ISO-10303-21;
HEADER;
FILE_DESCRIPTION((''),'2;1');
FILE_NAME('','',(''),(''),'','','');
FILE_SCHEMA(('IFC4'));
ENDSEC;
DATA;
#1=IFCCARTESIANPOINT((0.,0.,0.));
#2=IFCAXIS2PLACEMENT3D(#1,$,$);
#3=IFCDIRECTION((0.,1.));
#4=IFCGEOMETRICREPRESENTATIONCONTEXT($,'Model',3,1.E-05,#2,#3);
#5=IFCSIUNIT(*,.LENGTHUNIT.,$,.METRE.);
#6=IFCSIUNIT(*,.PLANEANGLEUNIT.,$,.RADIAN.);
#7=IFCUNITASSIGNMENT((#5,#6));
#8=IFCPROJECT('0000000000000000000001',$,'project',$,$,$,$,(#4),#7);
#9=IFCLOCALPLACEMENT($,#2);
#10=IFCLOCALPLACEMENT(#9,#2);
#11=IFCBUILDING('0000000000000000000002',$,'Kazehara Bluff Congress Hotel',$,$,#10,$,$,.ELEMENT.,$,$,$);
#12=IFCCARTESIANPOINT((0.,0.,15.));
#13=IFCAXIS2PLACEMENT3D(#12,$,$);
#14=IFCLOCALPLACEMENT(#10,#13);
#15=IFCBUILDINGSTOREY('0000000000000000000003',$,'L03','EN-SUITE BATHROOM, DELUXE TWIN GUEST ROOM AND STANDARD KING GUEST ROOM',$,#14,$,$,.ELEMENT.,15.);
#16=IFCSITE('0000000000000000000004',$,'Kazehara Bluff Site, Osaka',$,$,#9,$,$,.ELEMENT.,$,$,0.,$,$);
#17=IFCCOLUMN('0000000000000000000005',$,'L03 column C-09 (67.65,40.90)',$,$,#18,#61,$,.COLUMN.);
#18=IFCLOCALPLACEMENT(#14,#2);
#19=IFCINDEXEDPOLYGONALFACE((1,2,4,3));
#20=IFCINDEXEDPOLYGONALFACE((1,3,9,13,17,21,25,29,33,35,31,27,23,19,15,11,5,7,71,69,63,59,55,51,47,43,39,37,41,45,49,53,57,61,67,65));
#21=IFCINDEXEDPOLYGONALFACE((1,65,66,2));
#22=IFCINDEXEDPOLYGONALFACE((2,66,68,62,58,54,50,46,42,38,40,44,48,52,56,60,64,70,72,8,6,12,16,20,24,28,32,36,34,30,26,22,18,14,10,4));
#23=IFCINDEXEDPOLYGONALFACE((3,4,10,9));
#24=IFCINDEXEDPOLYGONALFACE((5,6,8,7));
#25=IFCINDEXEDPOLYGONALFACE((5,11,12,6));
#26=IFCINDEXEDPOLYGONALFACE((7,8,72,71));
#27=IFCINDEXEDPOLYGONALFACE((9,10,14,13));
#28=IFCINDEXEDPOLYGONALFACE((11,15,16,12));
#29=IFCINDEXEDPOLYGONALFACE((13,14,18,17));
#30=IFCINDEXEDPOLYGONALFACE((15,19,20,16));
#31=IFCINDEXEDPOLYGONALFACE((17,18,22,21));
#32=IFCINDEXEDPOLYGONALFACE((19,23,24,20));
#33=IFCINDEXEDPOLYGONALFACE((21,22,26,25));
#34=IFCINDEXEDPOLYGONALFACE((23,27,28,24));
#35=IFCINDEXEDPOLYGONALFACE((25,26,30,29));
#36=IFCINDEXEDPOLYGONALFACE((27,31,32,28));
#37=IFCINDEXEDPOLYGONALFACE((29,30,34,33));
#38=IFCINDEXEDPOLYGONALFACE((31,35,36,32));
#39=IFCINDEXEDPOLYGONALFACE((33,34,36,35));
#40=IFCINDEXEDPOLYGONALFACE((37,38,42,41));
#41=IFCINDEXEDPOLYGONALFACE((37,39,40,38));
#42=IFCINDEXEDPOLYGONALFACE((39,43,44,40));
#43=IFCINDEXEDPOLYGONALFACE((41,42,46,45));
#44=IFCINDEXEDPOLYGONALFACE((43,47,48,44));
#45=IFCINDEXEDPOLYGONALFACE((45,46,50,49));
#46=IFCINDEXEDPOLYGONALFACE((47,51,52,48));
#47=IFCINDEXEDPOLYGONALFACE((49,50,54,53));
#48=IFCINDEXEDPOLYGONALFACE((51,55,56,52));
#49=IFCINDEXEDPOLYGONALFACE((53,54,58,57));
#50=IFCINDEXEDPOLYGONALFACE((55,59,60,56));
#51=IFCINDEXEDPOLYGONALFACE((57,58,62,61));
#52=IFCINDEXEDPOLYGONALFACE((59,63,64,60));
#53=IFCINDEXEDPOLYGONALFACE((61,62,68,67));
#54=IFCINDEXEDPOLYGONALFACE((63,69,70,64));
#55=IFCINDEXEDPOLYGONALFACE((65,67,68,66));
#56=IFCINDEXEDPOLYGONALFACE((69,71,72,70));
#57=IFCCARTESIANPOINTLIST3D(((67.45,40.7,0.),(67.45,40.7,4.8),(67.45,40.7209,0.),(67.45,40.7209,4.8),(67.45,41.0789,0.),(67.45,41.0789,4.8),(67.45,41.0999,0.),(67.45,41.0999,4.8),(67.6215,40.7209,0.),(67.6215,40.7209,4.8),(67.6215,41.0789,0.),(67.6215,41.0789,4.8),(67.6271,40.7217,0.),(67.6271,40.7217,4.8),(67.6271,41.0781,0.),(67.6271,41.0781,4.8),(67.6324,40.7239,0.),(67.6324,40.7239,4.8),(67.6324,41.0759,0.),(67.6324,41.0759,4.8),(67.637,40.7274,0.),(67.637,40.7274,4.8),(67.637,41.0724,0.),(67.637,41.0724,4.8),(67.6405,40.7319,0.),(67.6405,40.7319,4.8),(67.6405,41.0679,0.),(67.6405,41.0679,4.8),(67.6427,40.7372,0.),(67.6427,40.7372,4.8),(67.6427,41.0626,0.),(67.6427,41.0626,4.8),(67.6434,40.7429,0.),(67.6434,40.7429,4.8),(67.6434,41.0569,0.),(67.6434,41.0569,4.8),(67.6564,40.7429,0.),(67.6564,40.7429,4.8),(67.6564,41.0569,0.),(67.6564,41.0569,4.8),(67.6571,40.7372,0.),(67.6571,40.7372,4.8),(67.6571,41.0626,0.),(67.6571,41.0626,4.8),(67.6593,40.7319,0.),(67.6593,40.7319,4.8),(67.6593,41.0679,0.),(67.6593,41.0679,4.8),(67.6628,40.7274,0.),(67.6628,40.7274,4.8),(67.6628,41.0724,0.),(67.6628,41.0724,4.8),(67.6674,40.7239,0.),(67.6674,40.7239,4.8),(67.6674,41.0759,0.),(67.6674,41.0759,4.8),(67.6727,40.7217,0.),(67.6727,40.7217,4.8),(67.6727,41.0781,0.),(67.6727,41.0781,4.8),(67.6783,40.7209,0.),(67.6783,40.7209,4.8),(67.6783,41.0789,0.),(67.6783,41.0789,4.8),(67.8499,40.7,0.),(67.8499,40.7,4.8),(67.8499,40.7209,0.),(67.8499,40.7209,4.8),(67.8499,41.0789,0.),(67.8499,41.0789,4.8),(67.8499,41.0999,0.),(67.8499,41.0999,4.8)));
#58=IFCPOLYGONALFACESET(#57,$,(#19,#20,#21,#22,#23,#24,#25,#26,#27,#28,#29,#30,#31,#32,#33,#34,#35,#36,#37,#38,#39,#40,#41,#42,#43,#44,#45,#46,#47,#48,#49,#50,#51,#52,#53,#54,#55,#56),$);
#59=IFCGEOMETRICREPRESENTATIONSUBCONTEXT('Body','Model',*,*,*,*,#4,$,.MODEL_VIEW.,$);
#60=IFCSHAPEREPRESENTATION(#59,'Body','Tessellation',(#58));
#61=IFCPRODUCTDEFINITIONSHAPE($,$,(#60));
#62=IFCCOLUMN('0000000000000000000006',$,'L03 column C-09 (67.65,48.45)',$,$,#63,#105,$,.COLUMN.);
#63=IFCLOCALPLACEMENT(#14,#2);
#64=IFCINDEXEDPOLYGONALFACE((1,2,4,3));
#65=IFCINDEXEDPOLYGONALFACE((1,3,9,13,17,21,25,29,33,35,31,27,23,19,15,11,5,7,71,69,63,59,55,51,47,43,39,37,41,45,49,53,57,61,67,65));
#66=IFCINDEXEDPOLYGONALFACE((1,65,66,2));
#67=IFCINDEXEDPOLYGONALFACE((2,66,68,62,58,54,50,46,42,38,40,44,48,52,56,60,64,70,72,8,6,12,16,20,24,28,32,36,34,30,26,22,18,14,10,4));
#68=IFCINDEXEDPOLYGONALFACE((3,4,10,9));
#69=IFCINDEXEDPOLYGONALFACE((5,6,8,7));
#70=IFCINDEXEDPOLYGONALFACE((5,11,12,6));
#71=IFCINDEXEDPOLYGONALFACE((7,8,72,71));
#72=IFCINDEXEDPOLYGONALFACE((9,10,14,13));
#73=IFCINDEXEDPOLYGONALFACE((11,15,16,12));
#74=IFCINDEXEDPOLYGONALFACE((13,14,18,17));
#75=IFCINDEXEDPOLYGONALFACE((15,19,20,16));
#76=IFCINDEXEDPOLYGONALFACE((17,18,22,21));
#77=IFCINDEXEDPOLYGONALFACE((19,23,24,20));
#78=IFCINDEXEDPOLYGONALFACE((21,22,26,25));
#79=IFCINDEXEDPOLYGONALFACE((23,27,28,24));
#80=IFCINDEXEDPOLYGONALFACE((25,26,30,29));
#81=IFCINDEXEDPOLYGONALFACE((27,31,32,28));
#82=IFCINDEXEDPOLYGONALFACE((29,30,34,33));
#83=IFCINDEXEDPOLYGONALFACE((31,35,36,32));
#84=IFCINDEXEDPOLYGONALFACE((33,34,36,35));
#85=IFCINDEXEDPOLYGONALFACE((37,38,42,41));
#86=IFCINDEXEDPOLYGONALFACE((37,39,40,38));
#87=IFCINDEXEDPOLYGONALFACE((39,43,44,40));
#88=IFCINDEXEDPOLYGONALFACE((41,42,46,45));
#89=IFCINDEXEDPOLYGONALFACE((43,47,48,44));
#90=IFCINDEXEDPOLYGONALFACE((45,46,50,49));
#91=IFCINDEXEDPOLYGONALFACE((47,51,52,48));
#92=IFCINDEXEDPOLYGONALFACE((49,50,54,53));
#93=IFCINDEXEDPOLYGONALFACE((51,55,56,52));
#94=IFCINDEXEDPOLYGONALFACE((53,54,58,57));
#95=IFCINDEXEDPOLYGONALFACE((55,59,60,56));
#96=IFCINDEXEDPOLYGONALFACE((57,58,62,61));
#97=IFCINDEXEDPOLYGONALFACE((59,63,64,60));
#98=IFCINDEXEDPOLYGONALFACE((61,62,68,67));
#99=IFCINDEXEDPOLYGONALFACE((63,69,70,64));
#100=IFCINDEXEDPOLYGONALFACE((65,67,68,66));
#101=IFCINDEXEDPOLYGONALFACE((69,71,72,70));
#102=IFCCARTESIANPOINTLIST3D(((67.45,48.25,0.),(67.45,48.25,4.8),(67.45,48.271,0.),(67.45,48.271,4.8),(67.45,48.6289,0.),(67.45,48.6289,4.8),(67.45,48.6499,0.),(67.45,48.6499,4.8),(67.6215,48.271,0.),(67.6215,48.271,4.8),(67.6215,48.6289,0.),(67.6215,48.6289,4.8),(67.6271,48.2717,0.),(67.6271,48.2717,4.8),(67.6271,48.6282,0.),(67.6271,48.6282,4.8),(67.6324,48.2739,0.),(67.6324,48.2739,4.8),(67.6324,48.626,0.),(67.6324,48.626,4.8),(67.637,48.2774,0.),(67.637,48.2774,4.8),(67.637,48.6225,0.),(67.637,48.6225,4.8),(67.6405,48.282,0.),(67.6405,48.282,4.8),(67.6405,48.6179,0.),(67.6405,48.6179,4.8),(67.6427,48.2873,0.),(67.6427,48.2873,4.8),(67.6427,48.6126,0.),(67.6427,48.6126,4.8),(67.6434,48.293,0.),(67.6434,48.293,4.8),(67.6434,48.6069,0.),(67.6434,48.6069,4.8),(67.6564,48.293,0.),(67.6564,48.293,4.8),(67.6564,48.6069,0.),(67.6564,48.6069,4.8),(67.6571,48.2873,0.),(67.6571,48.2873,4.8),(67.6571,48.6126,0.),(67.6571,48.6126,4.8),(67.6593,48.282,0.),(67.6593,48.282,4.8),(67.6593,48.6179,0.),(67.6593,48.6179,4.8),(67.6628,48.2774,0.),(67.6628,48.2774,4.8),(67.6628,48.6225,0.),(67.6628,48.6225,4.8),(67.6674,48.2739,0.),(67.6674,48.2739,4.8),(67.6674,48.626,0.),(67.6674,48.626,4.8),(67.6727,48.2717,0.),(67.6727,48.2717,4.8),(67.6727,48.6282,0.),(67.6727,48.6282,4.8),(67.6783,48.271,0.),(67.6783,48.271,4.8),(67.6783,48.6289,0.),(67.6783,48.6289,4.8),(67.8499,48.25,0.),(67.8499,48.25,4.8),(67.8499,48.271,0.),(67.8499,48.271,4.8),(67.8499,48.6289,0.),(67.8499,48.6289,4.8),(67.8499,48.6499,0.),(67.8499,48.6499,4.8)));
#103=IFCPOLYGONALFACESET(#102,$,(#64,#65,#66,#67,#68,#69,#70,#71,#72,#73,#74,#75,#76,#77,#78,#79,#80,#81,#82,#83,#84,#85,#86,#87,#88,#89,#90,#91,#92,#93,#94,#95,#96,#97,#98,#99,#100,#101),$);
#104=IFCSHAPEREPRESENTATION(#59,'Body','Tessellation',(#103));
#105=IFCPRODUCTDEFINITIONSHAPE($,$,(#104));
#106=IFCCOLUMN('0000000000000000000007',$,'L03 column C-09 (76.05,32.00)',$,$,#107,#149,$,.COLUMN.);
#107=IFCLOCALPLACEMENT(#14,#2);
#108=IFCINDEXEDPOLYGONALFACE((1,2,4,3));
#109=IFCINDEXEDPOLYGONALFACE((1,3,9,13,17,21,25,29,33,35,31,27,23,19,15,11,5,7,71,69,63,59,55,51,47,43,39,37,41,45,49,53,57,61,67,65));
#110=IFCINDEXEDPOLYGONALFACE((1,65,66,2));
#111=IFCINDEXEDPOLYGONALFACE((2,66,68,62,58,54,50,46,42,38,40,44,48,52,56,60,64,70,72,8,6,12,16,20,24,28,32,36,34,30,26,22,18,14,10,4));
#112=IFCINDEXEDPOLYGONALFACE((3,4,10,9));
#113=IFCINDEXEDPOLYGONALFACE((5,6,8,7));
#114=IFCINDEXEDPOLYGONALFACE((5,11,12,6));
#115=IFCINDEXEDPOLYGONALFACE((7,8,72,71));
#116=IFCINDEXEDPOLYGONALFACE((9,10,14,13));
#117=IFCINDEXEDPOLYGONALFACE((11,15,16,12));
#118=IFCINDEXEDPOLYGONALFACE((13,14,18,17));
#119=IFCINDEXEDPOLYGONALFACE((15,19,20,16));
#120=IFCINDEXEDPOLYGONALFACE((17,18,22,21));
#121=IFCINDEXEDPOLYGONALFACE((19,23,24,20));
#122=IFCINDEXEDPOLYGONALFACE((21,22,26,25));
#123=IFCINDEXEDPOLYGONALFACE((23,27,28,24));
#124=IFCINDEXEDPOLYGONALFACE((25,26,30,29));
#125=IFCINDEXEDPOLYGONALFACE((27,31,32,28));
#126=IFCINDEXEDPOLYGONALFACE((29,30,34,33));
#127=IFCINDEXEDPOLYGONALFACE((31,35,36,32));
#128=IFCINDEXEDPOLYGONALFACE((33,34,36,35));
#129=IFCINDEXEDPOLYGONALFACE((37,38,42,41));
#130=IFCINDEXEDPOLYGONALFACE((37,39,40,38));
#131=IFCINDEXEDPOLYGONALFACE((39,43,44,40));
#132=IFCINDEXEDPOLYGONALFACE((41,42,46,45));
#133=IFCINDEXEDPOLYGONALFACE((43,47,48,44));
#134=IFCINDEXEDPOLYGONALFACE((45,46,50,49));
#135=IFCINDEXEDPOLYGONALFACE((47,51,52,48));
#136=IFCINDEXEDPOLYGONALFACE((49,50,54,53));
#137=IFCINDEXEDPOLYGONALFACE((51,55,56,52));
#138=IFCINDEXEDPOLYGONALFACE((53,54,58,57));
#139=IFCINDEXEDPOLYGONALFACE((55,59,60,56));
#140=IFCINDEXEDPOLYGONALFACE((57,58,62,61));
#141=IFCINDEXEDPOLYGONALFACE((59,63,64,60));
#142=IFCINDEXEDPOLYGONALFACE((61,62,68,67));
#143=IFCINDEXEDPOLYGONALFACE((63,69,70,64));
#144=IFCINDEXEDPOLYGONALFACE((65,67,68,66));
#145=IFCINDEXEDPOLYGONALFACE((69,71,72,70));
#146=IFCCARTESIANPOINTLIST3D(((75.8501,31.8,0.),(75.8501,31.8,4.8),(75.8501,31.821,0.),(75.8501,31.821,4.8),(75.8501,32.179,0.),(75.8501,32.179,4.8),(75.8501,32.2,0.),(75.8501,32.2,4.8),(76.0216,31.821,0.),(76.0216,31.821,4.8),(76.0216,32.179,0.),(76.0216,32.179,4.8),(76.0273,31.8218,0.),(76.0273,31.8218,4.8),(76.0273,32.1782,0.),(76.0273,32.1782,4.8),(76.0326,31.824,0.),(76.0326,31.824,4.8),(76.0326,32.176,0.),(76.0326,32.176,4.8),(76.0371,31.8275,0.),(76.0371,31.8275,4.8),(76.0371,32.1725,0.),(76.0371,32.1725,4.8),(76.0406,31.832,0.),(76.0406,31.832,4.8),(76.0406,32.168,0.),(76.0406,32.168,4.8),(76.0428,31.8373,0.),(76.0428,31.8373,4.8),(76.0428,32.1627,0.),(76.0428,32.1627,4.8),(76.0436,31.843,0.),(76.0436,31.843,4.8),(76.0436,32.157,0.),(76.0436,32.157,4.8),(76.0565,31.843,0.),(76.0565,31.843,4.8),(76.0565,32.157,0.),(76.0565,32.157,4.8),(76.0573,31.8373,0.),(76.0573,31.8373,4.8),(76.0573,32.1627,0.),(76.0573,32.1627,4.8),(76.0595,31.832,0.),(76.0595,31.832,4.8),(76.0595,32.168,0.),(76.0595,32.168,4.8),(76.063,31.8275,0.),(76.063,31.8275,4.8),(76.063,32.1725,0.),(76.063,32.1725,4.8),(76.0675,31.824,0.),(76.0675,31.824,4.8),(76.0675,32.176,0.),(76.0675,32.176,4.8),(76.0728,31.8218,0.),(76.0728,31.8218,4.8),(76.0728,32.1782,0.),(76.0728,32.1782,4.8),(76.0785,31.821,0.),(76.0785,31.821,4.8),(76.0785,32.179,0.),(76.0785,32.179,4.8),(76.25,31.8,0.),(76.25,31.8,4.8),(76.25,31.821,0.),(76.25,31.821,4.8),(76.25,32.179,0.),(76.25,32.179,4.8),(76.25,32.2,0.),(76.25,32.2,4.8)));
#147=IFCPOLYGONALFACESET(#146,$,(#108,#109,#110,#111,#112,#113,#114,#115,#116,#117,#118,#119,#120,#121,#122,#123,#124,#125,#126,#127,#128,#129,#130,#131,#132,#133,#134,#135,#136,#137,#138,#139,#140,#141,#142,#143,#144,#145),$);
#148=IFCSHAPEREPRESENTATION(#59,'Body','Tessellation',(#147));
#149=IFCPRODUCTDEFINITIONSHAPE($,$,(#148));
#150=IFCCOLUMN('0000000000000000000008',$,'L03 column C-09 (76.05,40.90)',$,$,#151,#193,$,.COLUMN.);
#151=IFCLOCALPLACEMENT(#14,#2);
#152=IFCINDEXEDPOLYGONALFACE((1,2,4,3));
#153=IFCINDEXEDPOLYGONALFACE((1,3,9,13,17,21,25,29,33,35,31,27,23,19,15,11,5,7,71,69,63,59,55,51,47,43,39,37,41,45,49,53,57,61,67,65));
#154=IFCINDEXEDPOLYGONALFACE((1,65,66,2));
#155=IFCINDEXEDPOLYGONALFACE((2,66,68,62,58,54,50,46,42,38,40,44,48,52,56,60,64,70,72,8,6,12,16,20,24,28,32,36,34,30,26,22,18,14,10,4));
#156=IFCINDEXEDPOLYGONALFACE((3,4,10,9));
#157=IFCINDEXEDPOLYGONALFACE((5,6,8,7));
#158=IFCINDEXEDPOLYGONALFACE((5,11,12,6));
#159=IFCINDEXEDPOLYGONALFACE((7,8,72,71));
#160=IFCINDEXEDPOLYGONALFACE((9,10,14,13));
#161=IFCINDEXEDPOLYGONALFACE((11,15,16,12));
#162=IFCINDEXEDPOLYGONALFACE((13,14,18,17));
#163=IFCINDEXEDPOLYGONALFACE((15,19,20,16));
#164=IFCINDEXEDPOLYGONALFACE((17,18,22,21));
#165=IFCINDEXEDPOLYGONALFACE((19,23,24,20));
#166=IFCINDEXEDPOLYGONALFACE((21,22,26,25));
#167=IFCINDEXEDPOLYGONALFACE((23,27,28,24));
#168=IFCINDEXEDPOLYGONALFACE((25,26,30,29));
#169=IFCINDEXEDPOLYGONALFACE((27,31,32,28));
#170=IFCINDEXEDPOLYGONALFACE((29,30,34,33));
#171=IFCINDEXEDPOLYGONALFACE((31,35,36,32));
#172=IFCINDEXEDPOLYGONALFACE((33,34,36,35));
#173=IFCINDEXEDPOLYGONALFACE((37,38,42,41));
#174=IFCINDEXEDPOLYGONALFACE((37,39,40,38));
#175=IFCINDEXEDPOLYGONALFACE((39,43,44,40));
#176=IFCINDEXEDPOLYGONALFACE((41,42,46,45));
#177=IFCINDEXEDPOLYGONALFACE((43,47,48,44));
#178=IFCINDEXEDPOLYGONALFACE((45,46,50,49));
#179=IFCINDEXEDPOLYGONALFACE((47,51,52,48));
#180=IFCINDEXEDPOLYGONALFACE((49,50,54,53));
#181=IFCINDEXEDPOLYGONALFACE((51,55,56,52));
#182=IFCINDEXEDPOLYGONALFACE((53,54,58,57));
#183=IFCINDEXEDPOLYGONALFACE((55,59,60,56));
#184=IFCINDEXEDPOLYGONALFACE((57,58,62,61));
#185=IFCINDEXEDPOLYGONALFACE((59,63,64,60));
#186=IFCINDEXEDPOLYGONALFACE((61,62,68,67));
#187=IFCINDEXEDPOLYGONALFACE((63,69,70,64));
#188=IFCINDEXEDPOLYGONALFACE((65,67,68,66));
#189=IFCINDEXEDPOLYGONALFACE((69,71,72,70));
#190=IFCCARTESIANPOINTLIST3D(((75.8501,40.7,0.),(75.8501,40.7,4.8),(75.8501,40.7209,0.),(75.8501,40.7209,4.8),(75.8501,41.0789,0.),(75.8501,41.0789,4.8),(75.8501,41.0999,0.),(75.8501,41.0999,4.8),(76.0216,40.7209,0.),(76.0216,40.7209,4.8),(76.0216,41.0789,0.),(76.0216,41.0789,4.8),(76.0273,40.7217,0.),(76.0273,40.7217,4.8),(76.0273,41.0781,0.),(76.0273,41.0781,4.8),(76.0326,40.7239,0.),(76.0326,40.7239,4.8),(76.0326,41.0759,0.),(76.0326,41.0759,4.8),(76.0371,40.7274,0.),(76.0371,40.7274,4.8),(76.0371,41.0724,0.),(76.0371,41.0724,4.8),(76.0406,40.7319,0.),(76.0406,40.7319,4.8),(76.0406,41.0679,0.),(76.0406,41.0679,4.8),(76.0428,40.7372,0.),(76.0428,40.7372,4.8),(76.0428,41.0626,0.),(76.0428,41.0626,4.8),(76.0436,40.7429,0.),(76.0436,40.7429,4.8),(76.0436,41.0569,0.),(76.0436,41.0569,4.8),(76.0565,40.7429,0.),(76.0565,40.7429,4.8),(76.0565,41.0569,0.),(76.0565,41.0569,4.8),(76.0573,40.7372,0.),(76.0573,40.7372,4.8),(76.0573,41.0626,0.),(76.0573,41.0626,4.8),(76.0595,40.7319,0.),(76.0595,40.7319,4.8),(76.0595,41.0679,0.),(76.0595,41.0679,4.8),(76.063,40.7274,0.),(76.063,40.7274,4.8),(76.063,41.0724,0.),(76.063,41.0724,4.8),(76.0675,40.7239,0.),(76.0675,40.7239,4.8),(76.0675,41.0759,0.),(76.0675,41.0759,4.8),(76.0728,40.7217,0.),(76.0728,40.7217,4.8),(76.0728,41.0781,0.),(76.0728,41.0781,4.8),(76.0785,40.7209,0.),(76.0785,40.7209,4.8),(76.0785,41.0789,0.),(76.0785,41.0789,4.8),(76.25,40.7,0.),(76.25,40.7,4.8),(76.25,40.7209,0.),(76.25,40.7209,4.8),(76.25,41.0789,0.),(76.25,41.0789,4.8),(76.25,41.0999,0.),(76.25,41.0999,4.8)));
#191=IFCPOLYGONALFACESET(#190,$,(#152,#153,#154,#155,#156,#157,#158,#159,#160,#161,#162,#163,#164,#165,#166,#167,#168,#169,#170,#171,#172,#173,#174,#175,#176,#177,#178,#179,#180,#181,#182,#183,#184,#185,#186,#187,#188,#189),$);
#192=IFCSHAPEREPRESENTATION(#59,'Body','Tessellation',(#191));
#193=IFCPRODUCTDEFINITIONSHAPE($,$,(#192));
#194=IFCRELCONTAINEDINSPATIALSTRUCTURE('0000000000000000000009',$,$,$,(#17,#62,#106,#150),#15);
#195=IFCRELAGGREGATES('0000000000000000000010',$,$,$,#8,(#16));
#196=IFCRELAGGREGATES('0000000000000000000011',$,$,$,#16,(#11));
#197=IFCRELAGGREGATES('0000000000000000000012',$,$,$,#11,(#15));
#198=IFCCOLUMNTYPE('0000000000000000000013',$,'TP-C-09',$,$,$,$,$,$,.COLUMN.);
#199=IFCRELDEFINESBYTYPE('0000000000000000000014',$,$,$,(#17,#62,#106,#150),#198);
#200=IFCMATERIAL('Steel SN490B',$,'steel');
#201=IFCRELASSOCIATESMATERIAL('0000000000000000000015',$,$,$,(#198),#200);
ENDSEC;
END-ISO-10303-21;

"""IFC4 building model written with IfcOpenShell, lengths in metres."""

from ifc_helpers import new_model, si_unit, direction, frame, origin, origin_2d, place, context, subcontext, project, spatial, i_section, extrude, material, material_profile, profile_set, type_object, element, save


model = new_model("IFC4")

# Units and contexts
model_context = context("Model", 3, precision=1e-05, world=origin(), true_north=direction((0.0, 1.0)))
body_context = subcontext(model_context, "Body", "Model", "MODEL_VIEW")
ifc_project = project(units=[si_unit("LENGTHUNIT", "METRE"), si_unit("PLANEANGLEUNIT", "RADIAN")], contexts=[model_context])

# Site, building, storey
site_placement = place(None, origin())
site = spatial("IfcSite", under=ifc_project, at=site_placement, Name="Kazehara Bluff Site, Osaka", CompositionType="ELEMENT", RefElevation=0.0)
building_placement = place(site_placement, origin())
building = spatial("IfcBuilding", under=site, at=building_placement, Name="Kazehara Bluff Congress Hotel", CompositionType="ELEMENT")
storey_placement = place(building_placement, frame((0.0, 0.0, 15.0)))
storey = spatial("IfcBuildingStorey", under=building, at=storey_placement, Name="L03", Description="EN-SUITE BATHROOM, DELUXE TWIN GUEST ROOM AND STANDARD KING GUEST ROOM", CompositionType="ELEMENT", Elevation=15.0)

# Columns
ifc_material_1 = material(Name="Steel SN490B", Category="steel")
ifc_material_profile_1 = material_profile(ifc_material_1, i_section(OverallWidth=0.3999, OverallDepth=0.3999, WebThickness=0.0129, FlangeThickness=0.021, FilletRadius=0.022, at=origin_2d()))
ifc_profile_set_1 = profile_set([ifc_material_profile_1], Name="Steel SN490B")
column_type = type_object("IfcColumnType", Name="TP-C-09", PredefinedType="COLUMN", material=ifc_profile_set_1)
for number, where, z_axis, x_axis, name in (
    (1, (67.6499, 40.8999, 0.0), (0.0, 0.0, 1.0), (1.0, 0.0, 0.0), "L03 column C-09 (67.65,40.90)"),
    (2, (67.6499, 48.45, 0.0), (0.0, 0.0, 1.0), (1.0, 0.0, 0.0), "L03 column C-09 (67.65,48.45)"),
    (3, (76.05, 32.0, 0.0), (0.0, 0.0, 1.0), (1.0, 0.0, 0.0), "L03 column C-09 (76.05,32.00)"),
    (4, (76.05, 40.8999, 0.0), (0.0, 0.0, 1.0), (1.0, 0.0, 0.0), "L03 column C-09 (76.05,40.90)"),
):
    element("IfcColumn", number, at=place(storey_placement, frame(where, z_axis=z_axis, x_axis=x_axis)), inside=storey, type_object=column_type, Name=name, PredefinedType="COLUMN", context=body_context, shape_type="SweptSolid", body=[
        extrude(i_section(OverallWidth=0.3999, OverallDepth=0.3999, WebThickness=0.0129, FlangeThickness=0.021, FilletRadius=0.022, at=origin_2d()), origin(), (0.0, 0.0, 1.0), 4.8),
    ])

save(model, "model.ifc")
